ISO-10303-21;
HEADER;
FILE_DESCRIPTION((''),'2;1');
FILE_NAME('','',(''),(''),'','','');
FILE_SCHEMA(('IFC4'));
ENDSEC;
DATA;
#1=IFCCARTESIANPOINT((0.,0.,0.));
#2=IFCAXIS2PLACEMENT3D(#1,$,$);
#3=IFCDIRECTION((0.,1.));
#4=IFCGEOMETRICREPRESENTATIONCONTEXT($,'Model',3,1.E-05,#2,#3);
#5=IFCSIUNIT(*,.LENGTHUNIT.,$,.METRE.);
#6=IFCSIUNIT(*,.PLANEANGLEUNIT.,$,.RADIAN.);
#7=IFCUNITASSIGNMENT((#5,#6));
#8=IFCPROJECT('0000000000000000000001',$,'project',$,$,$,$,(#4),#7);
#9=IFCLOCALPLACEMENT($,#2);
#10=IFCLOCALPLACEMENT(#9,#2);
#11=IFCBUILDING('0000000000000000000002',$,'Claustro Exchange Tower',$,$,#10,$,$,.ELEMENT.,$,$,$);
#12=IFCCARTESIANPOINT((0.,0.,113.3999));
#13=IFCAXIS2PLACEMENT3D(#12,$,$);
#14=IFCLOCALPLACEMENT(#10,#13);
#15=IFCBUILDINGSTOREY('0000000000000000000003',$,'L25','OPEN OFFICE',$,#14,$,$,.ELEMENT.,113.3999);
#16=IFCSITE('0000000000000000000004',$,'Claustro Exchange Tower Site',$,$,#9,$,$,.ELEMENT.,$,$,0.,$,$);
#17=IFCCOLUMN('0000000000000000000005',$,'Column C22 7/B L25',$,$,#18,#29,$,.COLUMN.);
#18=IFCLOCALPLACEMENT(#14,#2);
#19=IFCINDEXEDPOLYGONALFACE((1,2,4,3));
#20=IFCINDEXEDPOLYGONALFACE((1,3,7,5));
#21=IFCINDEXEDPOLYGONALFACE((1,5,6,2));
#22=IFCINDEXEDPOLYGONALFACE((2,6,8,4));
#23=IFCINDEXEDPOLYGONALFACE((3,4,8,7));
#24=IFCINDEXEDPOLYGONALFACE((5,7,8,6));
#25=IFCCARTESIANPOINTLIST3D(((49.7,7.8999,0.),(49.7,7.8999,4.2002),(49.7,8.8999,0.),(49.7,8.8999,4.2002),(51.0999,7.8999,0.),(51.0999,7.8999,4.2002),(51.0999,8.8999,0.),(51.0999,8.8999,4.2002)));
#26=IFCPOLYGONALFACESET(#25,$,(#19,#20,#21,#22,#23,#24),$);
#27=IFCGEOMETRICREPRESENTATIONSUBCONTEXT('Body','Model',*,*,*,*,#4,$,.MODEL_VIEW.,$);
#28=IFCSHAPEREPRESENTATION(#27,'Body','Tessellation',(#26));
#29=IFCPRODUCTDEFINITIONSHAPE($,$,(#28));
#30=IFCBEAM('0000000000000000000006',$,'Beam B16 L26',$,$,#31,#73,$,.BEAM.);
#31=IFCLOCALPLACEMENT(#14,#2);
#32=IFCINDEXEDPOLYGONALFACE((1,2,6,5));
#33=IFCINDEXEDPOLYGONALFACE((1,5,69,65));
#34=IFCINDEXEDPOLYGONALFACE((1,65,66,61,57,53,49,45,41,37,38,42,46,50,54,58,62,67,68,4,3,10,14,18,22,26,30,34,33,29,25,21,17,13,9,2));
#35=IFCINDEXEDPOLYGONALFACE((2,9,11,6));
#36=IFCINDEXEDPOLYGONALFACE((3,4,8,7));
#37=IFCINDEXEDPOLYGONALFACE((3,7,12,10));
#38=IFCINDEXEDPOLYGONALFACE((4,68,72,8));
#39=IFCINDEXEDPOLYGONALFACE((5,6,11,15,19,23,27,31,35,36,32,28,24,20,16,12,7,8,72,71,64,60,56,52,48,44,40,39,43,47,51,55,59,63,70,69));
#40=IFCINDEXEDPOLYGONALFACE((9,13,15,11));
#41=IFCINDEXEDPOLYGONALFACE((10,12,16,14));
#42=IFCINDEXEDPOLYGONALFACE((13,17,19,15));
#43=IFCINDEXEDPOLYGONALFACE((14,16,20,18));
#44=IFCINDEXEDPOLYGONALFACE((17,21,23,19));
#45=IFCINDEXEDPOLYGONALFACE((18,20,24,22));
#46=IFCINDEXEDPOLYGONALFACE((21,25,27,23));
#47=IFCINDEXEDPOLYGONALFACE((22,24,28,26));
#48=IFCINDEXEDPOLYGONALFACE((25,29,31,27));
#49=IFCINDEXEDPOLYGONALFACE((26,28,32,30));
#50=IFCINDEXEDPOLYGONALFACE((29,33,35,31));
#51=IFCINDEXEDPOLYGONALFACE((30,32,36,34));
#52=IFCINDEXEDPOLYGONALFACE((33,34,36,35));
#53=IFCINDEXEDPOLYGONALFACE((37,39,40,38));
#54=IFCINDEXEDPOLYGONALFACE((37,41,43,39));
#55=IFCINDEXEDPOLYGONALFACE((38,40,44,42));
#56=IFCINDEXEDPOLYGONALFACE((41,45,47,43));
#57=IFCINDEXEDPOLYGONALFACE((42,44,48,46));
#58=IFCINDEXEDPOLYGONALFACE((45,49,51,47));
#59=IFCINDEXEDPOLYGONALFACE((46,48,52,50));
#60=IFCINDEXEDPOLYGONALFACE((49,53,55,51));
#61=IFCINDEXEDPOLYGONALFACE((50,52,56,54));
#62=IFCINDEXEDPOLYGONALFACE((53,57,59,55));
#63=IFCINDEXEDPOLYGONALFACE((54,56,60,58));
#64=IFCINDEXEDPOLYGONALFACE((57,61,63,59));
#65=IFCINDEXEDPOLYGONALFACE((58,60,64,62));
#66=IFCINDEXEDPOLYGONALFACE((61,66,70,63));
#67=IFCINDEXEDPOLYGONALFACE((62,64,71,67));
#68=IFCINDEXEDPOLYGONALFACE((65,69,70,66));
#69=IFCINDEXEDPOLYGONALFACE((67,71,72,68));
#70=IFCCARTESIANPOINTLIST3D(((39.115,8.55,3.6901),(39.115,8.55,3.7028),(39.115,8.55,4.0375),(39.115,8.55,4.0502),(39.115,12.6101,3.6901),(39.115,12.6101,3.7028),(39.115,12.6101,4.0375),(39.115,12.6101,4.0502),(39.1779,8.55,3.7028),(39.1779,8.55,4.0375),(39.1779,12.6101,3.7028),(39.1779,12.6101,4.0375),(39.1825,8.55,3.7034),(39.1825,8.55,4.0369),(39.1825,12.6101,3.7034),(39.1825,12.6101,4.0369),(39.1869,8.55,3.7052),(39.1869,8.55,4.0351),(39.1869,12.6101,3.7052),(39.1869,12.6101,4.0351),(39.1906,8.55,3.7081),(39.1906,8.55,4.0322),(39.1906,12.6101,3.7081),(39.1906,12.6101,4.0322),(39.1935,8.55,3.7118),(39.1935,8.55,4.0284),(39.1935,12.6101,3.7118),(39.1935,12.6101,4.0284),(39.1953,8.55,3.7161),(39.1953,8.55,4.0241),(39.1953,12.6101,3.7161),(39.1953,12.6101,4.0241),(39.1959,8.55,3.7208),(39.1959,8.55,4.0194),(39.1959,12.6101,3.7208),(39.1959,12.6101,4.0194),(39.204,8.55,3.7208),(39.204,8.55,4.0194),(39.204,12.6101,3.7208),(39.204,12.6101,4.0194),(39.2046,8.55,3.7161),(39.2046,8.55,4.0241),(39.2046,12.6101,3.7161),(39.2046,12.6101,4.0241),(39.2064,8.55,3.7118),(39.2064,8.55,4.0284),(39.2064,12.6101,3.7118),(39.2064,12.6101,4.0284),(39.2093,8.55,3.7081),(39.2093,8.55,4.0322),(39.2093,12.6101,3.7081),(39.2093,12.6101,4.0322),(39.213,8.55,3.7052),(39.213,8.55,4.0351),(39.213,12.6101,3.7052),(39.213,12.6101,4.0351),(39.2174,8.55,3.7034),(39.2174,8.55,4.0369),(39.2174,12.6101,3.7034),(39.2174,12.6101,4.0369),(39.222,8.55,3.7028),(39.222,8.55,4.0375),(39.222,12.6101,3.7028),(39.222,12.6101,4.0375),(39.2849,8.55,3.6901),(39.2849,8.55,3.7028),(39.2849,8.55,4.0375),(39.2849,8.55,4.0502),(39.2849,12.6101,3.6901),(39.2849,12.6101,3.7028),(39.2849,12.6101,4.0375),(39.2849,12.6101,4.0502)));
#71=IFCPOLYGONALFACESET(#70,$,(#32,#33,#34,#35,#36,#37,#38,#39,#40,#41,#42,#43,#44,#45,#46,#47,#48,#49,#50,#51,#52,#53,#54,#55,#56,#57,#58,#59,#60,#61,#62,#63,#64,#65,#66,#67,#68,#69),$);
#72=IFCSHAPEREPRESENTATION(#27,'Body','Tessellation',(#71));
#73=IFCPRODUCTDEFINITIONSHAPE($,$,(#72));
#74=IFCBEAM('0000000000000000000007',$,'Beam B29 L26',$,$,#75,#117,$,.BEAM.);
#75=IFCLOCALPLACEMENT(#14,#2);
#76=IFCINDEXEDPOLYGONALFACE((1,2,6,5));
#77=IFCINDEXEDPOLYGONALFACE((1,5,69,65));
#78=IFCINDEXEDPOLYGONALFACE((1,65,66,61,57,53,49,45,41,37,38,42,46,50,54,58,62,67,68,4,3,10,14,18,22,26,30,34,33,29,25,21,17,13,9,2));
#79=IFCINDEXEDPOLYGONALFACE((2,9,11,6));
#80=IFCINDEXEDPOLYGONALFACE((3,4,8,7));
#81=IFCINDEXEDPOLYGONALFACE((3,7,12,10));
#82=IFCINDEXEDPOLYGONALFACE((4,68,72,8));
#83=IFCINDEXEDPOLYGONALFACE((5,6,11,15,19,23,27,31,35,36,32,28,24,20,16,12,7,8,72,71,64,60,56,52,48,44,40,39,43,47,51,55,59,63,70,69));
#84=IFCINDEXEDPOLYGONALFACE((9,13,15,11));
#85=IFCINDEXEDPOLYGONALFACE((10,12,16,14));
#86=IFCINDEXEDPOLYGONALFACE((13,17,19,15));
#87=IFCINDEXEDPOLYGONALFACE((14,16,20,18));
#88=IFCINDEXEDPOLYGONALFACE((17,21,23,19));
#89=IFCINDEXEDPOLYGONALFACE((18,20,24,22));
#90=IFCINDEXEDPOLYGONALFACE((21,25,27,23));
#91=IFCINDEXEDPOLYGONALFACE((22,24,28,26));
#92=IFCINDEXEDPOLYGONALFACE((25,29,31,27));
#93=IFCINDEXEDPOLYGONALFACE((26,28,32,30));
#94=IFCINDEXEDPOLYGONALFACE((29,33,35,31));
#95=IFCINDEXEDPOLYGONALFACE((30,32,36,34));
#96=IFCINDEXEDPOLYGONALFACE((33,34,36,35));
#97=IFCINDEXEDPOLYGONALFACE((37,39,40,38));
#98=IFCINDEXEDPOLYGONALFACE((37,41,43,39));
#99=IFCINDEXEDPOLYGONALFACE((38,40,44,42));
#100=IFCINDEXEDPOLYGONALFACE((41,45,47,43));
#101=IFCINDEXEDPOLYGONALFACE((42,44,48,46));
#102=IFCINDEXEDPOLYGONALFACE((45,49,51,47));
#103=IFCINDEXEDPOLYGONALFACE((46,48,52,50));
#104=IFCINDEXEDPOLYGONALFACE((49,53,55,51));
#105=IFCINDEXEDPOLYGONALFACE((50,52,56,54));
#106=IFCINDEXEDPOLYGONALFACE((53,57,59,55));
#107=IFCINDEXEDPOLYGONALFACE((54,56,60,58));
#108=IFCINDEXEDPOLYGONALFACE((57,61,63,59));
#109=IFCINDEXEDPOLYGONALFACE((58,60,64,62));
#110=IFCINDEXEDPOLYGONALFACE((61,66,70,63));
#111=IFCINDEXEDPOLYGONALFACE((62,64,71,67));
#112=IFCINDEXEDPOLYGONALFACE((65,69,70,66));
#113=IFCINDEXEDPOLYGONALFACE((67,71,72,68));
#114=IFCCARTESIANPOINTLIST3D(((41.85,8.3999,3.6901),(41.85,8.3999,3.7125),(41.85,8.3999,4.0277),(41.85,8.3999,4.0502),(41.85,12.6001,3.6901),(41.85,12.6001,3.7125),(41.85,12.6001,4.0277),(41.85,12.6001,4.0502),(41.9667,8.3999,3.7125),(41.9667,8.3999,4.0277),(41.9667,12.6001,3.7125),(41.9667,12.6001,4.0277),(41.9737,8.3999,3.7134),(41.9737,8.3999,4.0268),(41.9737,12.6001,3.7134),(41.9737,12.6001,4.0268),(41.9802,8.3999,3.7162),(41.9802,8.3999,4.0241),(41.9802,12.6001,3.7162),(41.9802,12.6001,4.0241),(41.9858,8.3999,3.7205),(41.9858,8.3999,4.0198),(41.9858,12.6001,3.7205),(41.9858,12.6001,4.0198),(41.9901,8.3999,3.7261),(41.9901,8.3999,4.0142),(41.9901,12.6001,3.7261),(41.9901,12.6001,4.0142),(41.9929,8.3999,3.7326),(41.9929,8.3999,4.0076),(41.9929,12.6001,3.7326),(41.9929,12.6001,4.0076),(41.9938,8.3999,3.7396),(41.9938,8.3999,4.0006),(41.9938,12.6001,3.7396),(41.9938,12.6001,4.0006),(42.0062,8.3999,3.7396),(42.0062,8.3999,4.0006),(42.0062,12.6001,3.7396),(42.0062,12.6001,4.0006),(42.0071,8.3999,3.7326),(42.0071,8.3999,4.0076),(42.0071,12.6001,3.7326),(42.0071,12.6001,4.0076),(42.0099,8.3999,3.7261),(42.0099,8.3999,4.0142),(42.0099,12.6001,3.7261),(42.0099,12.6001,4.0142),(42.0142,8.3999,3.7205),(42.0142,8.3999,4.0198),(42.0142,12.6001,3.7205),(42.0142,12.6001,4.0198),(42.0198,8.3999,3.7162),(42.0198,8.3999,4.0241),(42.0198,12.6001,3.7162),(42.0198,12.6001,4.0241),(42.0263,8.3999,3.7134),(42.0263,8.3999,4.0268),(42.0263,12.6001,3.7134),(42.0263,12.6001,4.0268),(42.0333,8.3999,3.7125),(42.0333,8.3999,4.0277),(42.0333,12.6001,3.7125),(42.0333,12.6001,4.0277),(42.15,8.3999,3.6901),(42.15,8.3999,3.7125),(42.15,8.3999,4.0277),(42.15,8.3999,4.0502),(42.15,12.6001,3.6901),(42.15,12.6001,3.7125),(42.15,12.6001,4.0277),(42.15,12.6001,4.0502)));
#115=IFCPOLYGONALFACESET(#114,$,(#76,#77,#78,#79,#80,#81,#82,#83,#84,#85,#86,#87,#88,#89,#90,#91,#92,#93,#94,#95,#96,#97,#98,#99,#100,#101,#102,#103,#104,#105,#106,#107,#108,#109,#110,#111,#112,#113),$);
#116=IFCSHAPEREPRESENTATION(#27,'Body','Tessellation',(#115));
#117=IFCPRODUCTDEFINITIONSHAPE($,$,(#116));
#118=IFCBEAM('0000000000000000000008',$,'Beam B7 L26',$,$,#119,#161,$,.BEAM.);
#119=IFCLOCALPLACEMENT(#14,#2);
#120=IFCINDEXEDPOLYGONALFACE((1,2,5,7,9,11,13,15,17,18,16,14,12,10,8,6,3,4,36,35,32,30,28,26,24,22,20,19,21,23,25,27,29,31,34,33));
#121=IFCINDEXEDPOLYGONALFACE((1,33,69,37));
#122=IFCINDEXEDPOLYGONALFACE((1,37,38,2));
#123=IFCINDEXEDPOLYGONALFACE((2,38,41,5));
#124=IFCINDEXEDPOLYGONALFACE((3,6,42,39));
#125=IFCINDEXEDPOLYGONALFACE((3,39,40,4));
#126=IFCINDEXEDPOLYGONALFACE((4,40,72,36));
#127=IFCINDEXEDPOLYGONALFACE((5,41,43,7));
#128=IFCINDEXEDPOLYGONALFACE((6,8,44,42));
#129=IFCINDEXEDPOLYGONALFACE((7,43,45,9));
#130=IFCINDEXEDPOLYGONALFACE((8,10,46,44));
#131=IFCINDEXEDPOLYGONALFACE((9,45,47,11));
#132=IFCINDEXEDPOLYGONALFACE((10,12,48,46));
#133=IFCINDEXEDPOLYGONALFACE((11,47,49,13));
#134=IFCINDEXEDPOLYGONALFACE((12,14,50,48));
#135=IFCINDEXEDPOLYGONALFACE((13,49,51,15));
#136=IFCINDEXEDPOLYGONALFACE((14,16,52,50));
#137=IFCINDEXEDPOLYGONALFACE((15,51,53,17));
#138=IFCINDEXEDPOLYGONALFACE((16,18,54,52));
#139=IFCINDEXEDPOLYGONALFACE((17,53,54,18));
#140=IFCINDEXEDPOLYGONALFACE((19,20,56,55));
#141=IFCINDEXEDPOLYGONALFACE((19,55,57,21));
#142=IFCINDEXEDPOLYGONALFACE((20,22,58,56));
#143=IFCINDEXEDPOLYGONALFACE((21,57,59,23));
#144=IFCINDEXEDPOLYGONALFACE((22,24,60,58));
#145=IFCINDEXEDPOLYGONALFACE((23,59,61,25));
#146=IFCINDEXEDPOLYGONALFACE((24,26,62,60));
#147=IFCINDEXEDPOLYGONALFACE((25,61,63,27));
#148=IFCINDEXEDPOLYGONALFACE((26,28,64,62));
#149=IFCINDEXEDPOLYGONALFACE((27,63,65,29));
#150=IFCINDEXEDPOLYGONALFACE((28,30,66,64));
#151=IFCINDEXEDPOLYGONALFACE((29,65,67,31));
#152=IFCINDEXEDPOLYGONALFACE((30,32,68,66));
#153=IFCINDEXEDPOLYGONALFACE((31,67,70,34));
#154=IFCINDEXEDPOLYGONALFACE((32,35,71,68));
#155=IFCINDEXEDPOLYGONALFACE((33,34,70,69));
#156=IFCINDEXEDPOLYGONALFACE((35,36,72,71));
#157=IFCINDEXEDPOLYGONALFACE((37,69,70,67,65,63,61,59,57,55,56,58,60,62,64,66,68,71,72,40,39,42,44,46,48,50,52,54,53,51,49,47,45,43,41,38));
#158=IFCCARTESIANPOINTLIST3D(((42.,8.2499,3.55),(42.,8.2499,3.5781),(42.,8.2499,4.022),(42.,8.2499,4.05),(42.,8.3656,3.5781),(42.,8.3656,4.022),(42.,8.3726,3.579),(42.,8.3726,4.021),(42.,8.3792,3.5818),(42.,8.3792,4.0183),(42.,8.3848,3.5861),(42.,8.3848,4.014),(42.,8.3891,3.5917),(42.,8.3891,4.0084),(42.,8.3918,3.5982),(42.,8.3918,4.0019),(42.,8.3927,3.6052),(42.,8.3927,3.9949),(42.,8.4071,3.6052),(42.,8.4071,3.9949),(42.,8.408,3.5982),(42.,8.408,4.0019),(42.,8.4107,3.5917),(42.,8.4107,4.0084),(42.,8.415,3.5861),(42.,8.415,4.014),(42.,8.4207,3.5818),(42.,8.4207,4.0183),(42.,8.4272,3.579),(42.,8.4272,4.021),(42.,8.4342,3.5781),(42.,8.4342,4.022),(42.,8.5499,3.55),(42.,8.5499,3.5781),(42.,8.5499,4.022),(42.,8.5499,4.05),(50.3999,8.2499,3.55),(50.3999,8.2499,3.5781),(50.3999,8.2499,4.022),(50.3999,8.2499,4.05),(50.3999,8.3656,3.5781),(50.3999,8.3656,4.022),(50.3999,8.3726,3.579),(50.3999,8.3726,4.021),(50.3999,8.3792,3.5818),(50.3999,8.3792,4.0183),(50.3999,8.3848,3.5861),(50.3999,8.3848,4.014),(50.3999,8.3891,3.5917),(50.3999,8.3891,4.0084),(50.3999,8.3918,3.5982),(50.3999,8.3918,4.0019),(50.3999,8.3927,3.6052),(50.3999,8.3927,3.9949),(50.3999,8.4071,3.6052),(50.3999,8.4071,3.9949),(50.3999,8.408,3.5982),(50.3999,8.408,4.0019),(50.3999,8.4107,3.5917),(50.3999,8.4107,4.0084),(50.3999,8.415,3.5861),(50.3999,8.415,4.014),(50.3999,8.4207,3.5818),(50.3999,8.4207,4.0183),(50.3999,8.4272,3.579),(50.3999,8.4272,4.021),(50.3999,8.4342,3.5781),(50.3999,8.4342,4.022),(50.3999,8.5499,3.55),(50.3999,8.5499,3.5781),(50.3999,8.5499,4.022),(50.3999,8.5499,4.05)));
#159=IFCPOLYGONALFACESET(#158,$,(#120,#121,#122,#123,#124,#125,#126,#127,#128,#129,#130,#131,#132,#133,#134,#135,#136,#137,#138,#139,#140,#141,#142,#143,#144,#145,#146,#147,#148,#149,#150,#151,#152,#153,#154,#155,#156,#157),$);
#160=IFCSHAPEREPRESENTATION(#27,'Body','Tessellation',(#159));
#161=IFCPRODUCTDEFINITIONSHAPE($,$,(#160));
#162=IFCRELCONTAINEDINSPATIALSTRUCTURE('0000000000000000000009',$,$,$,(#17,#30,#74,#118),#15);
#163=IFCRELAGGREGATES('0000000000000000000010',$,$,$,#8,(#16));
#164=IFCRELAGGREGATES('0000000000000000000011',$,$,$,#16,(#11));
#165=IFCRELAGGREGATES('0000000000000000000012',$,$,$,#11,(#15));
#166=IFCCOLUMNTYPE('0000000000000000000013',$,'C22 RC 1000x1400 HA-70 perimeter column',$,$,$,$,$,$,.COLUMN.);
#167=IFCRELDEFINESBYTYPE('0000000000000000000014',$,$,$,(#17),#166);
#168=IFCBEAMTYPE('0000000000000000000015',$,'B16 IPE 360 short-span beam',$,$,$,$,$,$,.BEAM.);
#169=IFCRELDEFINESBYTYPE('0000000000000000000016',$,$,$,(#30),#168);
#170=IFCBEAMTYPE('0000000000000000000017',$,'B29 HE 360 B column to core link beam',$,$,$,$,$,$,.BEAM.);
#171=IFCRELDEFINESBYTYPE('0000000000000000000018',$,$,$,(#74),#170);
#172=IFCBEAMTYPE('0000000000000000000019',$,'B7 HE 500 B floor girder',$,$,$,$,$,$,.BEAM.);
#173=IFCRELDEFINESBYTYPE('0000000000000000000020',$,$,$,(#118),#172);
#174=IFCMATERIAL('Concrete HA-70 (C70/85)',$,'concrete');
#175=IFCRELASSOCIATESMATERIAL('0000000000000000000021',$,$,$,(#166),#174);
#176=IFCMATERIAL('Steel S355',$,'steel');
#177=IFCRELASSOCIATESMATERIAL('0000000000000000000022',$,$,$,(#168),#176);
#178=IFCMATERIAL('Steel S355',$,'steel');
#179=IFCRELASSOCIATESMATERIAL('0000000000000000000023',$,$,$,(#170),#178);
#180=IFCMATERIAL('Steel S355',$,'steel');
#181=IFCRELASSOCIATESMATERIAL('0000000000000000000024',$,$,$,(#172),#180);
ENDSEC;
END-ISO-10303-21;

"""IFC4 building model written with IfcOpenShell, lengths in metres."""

from ifc_helpers import new_model, si_unit, direction, frame, origin, origin_2d, place, context, subcontext, project, spatial, rectangle, i_section, extrude, material, material_profile, profile_set, type_object, element, save


model = new_model("IFC4")

# Units and contexts
model_context = context("Model", 3, precision=1e-05, world=origin(), true_north=direction((0.0, 1.0)))
body_context = subcontext(model_context, "Body", "Model", "MODEL_VIEW")
ifc_project = project(units=[si_unit("LENGTHUNIT", "METRE"), si_unit("PLANEANGLEUNIT", "RADIAN")], contexts=[model_context])

# Site, building, storey
site_placement = place(None, origin())
site = spatial("IfcSite", under=ifc_project, at=site_placement, Name="Claustro Exchange Tower Site", CompositionType="ELEMENT", RefElevation=0.0)
building_placement = place(site_placement, origin())
building = spatial("IfcBuilding", under=site, at=building_placement, Name="Claustro Exchange Tower", CompositionType="ELEMENT")
storey_placement = place(building_placement, frame((0.0, 0.0, 113.3999)))
storey = spatial("IfcBuildingStorey", under=building, at=storey_placement, Name="L25", Description="OPEN OFFICE", CompositionType="ELEMENT", Elevation=113.3999)

# Column
ifc_material_1 = material(Name="Concrete HA-70 (C70/85)", Category="concrete")
ifc_material_profile_1 = material_profile(ifc_material_1, rectangle(XDim=1.0, YDim=1.3999, at=origin_2d()), Name="RC 1000x1400")
ifc_profile_set_1 = profile_set([ifc_material_profile_1], Name="Concrete HA-70 (C70/85)")
column_type = type_object("IfcColumnType", Name="C22 RC 1000x1400 HA-70 perimeter column", PredefinedType="COLUMN", material=ifc_profile_set_1)
column_placement = place(storey_placement, frame((50.3999, 8.3999, 0.0), z_axis=(0.0, 0.0, 1.0), x_axis=(0.0, 1.0, 0.0)))
element("IfcColumn", 1, at=column_placement, inside=storey, type_object=column_type, Name="Column C22 7/B L25", PredefinedType="COLUMN", context=body_context, shape_type="SweptSolid", body=[
    extrude(rectangle(XDim=1.0, YDim=1.3999, at=origin_2d()), origin(), (0.0, 0.0, 1.0), 4.2002),
])

# Beams
ifc_material_2 = material(Name="Steel S355", Category="steel")
ifc_material_profile_2 = material_profile(ifc_material_2, i_section(OverallWidth=0.1699, OverallDepth=0.3601, WebThickness=0.0081, FlangeThickness=0.0127, FilletRadius=0.0181, at=origin_2d()), Name="IPE 360")
ifc_profile_set_2 = profile_set([ifc_material_profile_2], Name="Steel S355")
beam_type_1 = type_object("IfcBeamType", Name="B16 IPE 360 short-span beam", PredefinedType="BEAM", material=ifc_profile_set_2)
beam_1_placement = place(storey_placement, frame((39.2, 8.55, 3.8701), z_axis=(0.0, 1.0, 0.0), x_axis=(-1.0, 0.0, 0.0)))
element("IfcBeam", 2, at=beam_1_placement, inside=storey, type_object=beam_type_1, Name="Beam B16 L26", PredefinedType="BEAM", context=body_context, shape_type="SweptSolid", body=[
    extrude(i_section(OverallWidth=0.1699, OverallDepth=0.3601, WebThickness=0.0081, FlangeThickness=0.0127, FilletRadius=0.0181, at=origin_2d()), origin(), (0.0, 0.0, 1.0), 4.0601),
])
ifc_material_3 = material(Name="Steel S355", Category="steel")
ifc_material_profile_3 = material_profile(ifc_material_3, i_section(OverallWidth=0.3, OverallDepth=0.3601, WebThickness=0.0125, FlangeThickness=0.0225, FilletRadius=0.0271, at=origin_2d()), Name="HE 360 B")
ifc_profile_set_3 = profile_set([ifc_material_profile_3], Name="Steel S355")
beam_type_2 = type_object("IfcBeamType", Name="B29 HE 360 B column to core link beam", PredefinedType="BEAM", material=ifc_profile_set_3)
beam_2_placement = place(storey_placement, frame((42.0, 8.3999, 3.8701), z_axis=(0.0, 1.0, 0.0), x_axis=(-1.0, 0.0, 0.0)))
element("IfcBeam", 3, at=beam_2_placement, inside=storey, type_object=beam_type_2, Name="Beam B29 L26", PredefinedType="BEAM", context=body_context, shape_type="SweptSolid", body=[
    extrude(i_section(OverallWidth=0.3, OverallDepth=0.3601, WebThickness=0.0125, FlangeThickness=0.0225, FilletRadius=0.0271, at=origin_2d()), origin(), (0.0, 0.0, 1.0), 4.2002),
])
ifc_material_4 = material(Name="Steel S355", Category="steel")
ifc_material_profile_4 = material_profile(ifc_material_4, i_section(OverallWidth=0.3, OverallDepth=0.5, WebThickness=0.0144, FlangeThickness=0.0281, FilletRadius=0.0271, at=origin_2d()), Name="HE 500 B")
ifc_profile_set_4 = profile_set([ifc_material_profile_4], Name="Steel S355")
beam_type_3 = type_object("IfcBeamType", Name="B7 HE 500 B floor girder", PredefinedType="BEAM", material=ifc_profile_set_4)
beam_3_placement = place(storey_placement, frame((42.0, 8.3999, 3.8), z_axis=(1.0, 0.0, 0.0), x_axis=(0.0, 1.0, 0.0)))
element("IfcBeam", 4, at=beam_3_placement, inside=storey, type_object=beam_type_3, Name="Beam B7 L26", PredefinedType="BEAM", context=body_context, shape_type="SweptSolid", body=[
    extrude(i_section(OverallWidth=0.3, OverallDepth=0.5, WebThickness=0.0144, FlangeThickness=0.0281, FilletRadius=0.0271, at=origin_2d()), origin(), (0.0, 0.0, 1.0), 8.3999),
])

save(model, "model.ifc")
